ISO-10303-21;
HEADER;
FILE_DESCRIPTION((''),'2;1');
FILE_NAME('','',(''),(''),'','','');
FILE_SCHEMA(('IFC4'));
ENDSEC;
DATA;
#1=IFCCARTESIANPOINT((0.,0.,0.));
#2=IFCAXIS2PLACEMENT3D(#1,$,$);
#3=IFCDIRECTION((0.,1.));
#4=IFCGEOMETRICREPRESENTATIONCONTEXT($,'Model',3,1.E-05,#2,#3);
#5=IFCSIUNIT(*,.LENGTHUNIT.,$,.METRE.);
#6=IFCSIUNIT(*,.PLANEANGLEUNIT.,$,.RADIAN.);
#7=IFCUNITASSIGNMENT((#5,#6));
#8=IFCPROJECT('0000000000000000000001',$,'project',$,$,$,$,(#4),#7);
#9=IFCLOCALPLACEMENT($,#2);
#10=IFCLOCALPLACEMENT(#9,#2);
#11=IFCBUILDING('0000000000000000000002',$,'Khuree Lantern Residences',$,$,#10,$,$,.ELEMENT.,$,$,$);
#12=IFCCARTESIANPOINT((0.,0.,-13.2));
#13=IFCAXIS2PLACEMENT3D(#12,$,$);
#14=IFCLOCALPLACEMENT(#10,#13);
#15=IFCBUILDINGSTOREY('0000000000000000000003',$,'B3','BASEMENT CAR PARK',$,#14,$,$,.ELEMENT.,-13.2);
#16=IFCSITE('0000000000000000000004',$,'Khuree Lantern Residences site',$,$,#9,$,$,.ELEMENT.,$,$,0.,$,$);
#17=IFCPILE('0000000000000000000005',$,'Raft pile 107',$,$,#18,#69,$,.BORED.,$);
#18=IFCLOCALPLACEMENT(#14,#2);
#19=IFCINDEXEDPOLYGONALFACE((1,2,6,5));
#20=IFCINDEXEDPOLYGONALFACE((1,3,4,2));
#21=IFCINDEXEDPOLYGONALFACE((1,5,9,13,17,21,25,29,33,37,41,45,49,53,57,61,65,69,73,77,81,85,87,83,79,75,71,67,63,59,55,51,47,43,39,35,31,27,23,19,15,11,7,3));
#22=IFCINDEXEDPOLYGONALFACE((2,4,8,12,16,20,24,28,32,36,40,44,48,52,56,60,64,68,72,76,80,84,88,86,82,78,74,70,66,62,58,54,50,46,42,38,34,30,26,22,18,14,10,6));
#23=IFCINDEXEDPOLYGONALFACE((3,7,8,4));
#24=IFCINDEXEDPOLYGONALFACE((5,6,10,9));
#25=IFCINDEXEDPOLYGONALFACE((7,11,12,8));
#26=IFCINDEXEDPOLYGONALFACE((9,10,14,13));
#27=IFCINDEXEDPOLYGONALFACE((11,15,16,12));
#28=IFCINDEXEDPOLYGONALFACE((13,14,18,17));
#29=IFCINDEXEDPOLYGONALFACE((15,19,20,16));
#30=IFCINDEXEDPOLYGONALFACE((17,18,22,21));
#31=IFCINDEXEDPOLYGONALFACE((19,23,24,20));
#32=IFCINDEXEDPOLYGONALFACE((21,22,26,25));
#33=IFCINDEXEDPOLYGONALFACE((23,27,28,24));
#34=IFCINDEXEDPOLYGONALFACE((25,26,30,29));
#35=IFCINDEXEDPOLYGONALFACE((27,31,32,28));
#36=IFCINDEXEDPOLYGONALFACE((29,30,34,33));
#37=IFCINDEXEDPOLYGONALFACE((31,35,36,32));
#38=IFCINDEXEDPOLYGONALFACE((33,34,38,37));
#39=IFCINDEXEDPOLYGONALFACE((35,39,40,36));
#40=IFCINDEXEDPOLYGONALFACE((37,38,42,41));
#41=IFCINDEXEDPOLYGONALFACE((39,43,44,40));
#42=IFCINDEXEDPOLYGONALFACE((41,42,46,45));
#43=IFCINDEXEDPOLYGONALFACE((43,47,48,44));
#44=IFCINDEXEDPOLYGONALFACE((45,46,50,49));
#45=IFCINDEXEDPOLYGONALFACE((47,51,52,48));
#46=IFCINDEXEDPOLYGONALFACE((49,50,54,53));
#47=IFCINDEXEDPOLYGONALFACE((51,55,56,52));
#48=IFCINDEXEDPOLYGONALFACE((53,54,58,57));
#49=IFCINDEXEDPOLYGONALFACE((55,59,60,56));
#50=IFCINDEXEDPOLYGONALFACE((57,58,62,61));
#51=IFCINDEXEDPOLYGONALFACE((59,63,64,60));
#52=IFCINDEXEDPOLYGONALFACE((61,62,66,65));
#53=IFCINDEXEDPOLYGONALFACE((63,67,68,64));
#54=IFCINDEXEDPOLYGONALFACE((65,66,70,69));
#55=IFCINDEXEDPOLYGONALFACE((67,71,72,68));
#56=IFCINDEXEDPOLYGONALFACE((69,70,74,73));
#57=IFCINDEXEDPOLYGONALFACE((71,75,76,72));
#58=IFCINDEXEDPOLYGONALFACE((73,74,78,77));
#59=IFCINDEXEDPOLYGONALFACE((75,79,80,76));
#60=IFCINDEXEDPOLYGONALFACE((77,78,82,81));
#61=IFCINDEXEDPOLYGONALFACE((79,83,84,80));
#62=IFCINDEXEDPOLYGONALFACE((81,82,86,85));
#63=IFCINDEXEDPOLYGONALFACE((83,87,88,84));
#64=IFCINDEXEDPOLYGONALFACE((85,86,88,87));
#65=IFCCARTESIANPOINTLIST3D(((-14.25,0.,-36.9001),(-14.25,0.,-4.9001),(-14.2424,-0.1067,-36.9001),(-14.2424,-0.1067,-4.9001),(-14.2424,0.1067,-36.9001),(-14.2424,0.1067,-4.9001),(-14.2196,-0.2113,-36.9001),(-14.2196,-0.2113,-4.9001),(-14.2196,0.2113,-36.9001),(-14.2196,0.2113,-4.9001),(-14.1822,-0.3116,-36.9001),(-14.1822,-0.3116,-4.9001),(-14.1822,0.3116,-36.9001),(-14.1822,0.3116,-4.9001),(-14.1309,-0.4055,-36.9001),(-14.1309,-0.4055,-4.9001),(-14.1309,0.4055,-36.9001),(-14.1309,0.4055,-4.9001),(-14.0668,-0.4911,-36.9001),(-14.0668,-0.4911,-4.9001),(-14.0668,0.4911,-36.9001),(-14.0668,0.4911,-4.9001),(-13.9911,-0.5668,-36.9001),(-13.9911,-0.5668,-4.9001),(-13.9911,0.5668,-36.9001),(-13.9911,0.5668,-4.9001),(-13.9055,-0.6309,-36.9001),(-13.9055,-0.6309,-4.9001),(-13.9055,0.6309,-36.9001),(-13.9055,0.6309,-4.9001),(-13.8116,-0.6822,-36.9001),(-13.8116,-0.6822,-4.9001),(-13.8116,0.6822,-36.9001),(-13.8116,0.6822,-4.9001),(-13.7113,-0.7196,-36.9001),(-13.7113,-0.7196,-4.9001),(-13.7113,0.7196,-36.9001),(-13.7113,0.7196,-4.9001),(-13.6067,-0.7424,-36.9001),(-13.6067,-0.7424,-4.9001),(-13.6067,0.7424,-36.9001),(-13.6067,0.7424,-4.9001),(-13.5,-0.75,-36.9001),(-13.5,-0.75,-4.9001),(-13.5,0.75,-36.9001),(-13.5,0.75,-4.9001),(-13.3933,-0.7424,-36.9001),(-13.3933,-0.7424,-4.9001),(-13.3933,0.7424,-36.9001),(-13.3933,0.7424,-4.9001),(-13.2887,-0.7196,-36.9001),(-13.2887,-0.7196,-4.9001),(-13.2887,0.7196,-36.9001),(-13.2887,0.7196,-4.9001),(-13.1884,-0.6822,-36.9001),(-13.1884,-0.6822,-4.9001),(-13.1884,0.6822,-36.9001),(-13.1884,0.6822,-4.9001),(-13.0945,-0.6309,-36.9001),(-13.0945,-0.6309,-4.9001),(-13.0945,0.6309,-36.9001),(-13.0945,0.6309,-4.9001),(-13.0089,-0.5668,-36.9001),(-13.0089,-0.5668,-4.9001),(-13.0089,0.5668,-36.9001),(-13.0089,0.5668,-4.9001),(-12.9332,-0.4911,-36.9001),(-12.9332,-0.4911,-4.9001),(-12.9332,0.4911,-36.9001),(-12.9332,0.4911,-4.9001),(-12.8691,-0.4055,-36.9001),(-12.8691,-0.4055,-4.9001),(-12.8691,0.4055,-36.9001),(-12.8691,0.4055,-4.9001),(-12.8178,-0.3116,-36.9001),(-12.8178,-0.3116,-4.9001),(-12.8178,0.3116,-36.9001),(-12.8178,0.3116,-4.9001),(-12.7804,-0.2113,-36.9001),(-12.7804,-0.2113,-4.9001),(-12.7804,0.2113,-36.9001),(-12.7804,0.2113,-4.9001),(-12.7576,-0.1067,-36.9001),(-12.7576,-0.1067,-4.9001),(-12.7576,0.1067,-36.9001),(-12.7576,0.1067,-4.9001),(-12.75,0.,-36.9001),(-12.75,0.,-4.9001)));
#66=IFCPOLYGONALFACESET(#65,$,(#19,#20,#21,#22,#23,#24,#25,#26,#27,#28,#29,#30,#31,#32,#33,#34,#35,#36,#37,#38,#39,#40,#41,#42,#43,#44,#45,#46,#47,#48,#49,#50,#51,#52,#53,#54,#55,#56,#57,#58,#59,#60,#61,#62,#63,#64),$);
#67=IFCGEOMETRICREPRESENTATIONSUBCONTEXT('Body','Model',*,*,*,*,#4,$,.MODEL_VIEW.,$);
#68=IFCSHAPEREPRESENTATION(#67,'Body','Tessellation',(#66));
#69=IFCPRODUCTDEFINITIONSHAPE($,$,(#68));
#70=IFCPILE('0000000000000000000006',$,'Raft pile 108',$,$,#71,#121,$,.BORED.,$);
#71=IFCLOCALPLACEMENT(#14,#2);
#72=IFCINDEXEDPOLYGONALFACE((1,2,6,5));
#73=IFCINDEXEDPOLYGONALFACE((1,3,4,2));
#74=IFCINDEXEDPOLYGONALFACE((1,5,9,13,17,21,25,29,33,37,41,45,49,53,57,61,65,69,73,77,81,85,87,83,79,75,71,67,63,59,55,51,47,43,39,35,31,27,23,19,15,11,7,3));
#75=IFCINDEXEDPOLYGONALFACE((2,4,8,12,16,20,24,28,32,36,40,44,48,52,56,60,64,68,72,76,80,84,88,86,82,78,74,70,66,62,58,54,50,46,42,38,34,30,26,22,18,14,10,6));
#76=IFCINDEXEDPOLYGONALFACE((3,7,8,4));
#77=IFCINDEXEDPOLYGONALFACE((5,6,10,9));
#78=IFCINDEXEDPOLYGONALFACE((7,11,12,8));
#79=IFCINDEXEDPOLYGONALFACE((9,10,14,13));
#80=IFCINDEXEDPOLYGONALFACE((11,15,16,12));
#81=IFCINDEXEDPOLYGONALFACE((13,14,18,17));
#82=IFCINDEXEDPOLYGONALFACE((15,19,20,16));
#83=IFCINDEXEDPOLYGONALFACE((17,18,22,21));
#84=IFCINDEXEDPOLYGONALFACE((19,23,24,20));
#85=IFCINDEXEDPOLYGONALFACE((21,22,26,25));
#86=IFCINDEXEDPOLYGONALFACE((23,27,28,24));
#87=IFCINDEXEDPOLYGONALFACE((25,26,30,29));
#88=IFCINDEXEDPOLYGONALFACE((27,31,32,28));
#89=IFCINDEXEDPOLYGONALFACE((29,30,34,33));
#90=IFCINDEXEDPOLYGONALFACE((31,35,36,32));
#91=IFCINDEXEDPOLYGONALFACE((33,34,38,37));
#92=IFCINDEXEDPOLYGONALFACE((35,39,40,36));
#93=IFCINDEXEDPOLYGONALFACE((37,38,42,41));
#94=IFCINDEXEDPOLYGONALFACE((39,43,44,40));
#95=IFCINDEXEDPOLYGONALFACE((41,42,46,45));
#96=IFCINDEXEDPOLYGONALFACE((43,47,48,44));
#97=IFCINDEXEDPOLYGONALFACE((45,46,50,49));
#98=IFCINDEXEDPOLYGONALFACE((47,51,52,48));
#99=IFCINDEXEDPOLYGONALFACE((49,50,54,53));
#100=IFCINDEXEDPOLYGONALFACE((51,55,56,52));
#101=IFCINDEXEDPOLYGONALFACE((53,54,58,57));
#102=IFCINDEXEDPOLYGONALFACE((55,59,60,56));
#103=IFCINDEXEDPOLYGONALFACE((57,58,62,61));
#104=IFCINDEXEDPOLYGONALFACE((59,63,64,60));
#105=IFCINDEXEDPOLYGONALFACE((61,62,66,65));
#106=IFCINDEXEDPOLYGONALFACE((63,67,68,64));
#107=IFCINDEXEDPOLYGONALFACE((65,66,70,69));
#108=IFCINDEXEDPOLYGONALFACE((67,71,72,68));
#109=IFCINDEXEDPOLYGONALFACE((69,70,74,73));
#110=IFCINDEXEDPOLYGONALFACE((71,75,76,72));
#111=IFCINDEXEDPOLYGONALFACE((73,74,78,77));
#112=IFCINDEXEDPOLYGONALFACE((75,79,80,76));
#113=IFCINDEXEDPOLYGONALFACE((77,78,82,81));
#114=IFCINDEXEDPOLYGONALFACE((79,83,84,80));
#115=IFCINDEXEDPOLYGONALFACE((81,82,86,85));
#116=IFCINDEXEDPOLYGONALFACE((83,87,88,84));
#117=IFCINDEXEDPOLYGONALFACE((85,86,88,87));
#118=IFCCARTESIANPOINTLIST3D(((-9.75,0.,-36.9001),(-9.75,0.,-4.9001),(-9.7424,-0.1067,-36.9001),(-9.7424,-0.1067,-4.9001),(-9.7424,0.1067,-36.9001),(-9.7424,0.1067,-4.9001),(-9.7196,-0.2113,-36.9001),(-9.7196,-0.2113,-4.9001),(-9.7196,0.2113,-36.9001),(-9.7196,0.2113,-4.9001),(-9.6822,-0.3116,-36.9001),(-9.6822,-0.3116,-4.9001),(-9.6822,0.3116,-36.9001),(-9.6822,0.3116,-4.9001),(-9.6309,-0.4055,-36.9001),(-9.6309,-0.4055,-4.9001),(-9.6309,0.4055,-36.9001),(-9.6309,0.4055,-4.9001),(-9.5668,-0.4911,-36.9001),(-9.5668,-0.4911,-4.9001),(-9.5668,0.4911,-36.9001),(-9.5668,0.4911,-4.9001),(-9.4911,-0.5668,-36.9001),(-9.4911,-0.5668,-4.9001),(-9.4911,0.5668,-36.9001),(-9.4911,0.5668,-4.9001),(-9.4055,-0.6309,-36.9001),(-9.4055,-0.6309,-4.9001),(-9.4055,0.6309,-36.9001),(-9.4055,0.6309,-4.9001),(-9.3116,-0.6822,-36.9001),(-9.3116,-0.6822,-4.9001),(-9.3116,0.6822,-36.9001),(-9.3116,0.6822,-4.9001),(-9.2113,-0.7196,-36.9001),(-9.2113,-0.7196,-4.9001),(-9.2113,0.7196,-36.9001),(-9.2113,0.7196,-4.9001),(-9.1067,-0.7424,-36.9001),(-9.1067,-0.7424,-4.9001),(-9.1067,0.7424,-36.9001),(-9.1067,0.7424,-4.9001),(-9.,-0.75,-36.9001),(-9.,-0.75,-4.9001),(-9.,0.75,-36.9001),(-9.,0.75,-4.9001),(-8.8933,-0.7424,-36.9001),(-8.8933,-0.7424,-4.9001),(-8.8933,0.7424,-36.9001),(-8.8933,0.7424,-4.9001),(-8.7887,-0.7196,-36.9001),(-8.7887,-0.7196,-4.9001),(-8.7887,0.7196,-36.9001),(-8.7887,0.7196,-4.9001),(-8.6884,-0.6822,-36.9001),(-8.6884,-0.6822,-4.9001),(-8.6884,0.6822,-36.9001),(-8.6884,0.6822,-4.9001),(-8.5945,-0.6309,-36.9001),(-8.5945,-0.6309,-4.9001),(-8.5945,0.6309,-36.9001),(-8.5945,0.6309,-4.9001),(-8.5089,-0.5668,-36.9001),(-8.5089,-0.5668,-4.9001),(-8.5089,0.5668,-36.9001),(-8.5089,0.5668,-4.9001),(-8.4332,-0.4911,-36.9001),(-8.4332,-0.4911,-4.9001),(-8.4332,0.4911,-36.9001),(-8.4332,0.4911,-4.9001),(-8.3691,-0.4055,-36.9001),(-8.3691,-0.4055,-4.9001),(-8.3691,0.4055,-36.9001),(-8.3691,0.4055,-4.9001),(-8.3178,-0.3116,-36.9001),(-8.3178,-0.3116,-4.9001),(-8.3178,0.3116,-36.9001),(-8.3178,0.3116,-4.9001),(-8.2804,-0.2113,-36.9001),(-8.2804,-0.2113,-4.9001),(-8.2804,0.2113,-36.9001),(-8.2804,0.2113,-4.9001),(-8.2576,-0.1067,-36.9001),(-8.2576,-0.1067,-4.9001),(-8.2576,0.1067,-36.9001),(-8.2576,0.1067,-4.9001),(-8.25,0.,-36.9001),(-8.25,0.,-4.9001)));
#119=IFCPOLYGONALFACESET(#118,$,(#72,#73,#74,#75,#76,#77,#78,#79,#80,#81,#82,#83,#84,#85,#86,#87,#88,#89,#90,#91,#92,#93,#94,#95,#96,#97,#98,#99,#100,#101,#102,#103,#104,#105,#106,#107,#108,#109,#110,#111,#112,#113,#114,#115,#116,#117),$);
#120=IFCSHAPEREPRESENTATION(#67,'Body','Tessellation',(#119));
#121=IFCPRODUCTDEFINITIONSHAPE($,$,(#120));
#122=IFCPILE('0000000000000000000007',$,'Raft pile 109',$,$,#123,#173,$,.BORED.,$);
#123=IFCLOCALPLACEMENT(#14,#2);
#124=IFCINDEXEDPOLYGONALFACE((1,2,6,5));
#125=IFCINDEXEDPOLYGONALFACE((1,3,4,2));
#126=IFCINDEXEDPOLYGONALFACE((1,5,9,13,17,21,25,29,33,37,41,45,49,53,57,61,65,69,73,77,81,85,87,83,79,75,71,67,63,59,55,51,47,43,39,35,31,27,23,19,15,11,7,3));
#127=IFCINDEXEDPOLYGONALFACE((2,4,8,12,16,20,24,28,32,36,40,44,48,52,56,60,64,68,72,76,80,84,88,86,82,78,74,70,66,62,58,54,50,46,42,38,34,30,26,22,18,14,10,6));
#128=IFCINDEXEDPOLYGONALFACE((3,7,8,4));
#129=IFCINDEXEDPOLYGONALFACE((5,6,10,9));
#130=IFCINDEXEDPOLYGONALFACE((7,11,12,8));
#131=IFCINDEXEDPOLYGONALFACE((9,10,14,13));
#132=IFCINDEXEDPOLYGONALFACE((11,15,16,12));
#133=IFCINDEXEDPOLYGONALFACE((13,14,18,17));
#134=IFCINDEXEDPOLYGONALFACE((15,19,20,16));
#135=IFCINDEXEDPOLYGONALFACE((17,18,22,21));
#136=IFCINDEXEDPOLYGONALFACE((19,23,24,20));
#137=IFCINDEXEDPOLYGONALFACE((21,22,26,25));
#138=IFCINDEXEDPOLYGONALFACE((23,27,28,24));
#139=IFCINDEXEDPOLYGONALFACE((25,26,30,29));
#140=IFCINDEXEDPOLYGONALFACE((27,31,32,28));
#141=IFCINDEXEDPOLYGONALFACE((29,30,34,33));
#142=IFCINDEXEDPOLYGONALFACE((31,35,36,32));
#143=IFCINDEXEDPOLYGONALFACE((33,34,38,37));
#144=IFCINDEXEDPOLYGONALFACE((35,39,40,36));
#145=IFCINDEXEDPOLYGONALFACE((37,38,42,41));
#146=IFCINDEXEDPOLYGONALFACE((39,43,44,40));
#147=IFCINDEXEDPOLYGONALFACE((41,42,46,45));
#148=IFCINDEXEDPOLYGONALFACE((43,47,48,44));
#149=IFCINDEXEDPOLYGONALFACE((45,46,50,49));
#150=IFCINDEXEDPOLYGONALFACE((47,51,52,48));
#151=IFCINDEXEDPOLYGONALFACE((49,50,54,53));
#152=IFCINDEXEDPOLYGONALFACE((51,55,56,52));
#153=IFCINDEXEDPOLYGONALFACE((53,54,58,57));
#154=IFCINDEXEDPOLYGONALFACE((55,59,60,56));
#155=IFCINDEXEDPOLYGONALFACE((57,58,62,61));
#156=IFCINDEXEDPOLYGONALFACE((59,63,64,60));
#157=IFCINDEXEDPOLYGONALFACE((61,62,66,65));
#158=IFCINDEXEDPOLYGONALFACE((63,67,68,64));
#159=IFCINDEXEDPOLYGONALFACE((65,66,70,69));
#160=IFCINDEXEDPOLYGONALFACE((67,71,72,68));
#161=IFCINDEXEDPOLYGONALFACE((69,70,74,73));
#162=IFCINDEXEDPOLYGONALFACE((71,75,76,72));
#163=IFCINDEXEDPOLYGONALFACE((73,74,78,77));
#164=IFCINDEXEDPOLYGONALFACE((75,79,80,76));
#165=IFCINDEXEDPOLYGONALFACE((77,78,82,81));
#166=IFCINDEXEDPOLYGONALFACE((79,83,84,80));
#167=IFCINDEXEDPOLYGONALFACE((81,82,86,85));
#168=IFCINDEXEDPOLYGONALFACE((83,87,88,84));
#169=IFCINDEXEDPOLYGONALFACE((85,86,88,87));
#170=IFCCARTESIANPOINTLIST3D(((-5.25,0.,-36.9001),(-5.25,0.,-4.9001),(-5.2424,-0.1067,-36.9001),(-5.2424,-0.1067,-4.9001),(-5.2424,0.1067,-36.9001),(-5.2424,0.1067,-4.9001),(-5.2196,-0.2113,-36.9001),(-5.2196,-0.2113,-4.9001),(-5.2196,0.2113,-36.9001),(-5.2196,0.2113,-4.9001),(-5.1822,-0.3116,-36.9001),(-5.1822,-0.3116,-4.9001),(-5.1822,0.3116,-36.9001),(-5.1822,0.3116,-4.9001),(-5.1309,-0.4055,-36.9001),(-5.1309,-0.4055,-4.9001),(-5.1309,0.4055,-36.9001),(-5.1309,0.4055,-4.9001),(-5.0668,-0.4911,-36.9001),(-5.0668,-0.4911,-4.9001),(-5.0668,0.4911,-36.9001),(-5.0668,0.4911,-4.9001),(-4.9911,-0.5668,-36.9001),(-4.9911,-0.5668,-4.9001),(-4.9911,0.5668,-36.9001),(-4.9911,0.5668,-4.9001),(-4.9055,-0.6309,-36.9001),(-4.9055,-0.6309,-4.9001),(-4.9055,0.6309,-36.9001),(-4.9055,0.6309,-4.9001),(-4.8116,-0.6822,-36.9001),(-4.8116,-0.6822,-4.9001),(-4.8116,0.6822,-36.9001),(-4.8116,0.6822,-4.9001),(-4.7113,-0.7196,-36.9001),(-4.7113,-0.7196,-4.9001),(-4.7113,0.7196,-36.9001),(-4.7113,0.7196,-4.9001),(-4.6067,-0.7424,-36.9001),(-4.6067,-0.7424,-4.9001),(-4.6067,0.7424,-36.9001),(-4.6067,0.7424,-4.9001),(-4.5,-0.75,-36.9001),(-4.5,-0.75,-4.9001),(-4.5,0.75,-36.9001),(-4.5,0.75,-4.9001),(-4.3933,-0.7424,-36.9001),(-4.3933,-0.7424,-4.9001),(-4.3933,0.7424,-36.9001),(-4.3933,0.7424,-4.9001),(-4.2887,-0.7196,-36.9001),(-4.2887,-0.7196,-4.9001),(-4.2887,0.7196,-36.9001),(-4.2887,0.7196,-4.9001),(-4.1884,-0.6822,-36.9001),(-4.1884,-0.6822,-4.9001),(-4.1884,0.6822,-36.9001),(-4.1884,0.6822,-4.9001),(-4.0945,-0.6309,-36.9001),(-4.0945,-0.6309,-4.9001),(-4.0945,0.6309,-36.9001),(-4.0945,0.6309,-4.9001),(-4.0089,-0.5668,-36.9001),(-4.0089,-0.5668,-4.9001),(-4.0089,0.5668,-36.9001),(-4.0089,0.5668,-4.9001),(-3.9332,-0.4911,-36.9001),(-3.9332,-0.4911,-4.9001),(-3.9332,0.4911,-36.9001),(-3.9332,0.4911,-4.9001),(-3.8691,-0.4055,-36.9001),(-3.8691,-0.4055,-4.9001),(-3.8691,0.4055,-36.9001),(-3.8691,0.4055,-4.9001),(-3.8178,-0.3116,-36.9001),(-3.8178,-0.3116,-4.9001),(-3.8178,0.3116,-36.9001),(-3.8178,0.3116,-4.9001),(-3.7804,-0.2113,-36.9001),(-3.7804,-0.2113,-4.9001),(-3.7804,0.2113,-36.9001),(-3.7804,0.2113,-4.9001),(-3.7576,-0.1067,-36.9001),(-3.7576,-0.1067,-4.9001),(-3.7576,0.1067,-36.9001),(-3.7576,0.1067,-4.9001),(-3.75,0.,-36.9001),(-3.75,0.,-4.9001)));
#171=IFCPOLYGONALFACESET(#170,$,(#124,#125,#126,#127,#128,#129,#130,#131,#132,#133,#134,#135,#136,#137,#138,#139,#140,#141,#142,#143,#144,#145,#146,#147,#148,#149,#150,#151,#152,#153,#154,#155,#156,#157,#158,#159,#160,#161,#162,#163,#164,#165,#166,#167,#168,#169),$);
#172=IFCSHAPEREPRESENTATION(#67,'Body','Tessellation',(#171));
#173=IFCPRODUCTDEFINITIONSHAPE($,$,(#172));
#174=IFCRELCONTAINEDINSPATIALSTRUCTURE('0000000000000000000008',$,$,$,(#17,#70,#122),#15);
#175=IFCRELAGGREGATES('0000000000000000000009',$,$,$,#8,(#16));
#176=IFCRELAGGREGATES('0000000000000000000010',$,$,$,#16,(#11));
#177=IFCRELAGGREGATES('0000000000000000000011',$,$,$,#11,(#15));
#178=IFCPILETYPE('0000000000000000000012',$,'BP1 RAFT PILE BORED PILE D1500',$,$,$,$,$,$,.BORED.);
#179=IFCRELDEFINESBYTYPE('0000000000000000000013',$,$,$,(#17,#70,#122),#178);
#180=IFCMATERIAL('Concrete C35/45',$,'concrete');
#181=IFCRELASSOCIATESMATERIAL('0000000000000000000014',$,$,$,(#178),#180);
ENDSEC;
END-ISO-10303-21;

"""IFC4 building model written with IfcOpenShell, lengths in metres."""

from ifc_helpers import new_model, si_unit, direction, frame, origin, origin_2d, place, context, subcontext, project, spatial, circle, extrude, material, material_profile, profile_set, type_object, element, save


model = new_model("IFC4")

# Units and contexts
model_context = context("Model", 3, precision=1e-05, world=origin(), true_north=direction((0.0, 1.0)))
body_context = subcontext(model_context, "Body", "Model", "MODEL_VIEW")
ifc_project = project(units=[si_unit("LENGTHUNIT", "METRE"), si_unit("PLANEANGLEUNIT", "RADIAN")], contexts=[model_context])

# Site, building, storey
site_placement = place(None, origin())
site = spatial("IfcSite", under=ifc_project, at=site_placement, Name="Khuree Lantern Residences site", CompositionType="ELEMENT", RefElevation=0.0)
building_placement = place(site_placement, origin())
building = spatial("IfcBuilding", under=site, at=building_placement, Name="Khuree Lantern Residences", CompositionType="ELEMENT")
storey_placement = place(building_placement, frame((0.0, 0.0, -13.2)))
storey = spatial("IfcBuildingStorey", under=building, at=storey_placement, Name="B3", Description="BASEMENT CAR PARK", CompositionType="ELEMENT", Elevation=-13.2)

# Piles
ifc_material_1 = material(Name="Concrete C35/45", Category="concrete")
ifc_material_profile = material_profile(ifc_material_1, circle(Radius=0.75, at=origin_2d()), Name="BORED PILE D1500")
ifc_profile_set = profile_set([ifc_material_profile], Name="Concrete C35/45")
pile_type = type_object("IfcPileType", Name="BP1 RAFT PILE BORED PILE D1500", PredefinedType="BORED", material=ifc_profile_set)
for number, where, z_axis, x_axis, name in (
    (1, (-13.5, 0.0, -4.9001), (0.0, 0.0, -1.0), (1.0, 0.0, 0.0), "Raft pile 107"),
    (2, (-9.0, 0.0, -4.9001), (0.0, 0.0, -1.0), (1.0, 0.0, 0.0), "Raft pile 108"),
    (3, (-4.5, 0.0, -4.9001), (0.0, 0.0, -1.0), (1.0, 0.0, 0.0), "Raft pile 109"),
):
    element("IfcPile", number, at=place(storey_placement, frame(where, z_axis=z_axis, x_axis=x_axis)), inside=storey, type_object=pile_type, Name=name, PredefinedType="BORED", context=body_context, shape_type="SweptSolid", body=[
        extrude(circle(Radius=0.75, at=origin_2d()), origin(), (0.0, 0.0, 1.0), 32.0),
    ])

save(model, "model.ifc")
